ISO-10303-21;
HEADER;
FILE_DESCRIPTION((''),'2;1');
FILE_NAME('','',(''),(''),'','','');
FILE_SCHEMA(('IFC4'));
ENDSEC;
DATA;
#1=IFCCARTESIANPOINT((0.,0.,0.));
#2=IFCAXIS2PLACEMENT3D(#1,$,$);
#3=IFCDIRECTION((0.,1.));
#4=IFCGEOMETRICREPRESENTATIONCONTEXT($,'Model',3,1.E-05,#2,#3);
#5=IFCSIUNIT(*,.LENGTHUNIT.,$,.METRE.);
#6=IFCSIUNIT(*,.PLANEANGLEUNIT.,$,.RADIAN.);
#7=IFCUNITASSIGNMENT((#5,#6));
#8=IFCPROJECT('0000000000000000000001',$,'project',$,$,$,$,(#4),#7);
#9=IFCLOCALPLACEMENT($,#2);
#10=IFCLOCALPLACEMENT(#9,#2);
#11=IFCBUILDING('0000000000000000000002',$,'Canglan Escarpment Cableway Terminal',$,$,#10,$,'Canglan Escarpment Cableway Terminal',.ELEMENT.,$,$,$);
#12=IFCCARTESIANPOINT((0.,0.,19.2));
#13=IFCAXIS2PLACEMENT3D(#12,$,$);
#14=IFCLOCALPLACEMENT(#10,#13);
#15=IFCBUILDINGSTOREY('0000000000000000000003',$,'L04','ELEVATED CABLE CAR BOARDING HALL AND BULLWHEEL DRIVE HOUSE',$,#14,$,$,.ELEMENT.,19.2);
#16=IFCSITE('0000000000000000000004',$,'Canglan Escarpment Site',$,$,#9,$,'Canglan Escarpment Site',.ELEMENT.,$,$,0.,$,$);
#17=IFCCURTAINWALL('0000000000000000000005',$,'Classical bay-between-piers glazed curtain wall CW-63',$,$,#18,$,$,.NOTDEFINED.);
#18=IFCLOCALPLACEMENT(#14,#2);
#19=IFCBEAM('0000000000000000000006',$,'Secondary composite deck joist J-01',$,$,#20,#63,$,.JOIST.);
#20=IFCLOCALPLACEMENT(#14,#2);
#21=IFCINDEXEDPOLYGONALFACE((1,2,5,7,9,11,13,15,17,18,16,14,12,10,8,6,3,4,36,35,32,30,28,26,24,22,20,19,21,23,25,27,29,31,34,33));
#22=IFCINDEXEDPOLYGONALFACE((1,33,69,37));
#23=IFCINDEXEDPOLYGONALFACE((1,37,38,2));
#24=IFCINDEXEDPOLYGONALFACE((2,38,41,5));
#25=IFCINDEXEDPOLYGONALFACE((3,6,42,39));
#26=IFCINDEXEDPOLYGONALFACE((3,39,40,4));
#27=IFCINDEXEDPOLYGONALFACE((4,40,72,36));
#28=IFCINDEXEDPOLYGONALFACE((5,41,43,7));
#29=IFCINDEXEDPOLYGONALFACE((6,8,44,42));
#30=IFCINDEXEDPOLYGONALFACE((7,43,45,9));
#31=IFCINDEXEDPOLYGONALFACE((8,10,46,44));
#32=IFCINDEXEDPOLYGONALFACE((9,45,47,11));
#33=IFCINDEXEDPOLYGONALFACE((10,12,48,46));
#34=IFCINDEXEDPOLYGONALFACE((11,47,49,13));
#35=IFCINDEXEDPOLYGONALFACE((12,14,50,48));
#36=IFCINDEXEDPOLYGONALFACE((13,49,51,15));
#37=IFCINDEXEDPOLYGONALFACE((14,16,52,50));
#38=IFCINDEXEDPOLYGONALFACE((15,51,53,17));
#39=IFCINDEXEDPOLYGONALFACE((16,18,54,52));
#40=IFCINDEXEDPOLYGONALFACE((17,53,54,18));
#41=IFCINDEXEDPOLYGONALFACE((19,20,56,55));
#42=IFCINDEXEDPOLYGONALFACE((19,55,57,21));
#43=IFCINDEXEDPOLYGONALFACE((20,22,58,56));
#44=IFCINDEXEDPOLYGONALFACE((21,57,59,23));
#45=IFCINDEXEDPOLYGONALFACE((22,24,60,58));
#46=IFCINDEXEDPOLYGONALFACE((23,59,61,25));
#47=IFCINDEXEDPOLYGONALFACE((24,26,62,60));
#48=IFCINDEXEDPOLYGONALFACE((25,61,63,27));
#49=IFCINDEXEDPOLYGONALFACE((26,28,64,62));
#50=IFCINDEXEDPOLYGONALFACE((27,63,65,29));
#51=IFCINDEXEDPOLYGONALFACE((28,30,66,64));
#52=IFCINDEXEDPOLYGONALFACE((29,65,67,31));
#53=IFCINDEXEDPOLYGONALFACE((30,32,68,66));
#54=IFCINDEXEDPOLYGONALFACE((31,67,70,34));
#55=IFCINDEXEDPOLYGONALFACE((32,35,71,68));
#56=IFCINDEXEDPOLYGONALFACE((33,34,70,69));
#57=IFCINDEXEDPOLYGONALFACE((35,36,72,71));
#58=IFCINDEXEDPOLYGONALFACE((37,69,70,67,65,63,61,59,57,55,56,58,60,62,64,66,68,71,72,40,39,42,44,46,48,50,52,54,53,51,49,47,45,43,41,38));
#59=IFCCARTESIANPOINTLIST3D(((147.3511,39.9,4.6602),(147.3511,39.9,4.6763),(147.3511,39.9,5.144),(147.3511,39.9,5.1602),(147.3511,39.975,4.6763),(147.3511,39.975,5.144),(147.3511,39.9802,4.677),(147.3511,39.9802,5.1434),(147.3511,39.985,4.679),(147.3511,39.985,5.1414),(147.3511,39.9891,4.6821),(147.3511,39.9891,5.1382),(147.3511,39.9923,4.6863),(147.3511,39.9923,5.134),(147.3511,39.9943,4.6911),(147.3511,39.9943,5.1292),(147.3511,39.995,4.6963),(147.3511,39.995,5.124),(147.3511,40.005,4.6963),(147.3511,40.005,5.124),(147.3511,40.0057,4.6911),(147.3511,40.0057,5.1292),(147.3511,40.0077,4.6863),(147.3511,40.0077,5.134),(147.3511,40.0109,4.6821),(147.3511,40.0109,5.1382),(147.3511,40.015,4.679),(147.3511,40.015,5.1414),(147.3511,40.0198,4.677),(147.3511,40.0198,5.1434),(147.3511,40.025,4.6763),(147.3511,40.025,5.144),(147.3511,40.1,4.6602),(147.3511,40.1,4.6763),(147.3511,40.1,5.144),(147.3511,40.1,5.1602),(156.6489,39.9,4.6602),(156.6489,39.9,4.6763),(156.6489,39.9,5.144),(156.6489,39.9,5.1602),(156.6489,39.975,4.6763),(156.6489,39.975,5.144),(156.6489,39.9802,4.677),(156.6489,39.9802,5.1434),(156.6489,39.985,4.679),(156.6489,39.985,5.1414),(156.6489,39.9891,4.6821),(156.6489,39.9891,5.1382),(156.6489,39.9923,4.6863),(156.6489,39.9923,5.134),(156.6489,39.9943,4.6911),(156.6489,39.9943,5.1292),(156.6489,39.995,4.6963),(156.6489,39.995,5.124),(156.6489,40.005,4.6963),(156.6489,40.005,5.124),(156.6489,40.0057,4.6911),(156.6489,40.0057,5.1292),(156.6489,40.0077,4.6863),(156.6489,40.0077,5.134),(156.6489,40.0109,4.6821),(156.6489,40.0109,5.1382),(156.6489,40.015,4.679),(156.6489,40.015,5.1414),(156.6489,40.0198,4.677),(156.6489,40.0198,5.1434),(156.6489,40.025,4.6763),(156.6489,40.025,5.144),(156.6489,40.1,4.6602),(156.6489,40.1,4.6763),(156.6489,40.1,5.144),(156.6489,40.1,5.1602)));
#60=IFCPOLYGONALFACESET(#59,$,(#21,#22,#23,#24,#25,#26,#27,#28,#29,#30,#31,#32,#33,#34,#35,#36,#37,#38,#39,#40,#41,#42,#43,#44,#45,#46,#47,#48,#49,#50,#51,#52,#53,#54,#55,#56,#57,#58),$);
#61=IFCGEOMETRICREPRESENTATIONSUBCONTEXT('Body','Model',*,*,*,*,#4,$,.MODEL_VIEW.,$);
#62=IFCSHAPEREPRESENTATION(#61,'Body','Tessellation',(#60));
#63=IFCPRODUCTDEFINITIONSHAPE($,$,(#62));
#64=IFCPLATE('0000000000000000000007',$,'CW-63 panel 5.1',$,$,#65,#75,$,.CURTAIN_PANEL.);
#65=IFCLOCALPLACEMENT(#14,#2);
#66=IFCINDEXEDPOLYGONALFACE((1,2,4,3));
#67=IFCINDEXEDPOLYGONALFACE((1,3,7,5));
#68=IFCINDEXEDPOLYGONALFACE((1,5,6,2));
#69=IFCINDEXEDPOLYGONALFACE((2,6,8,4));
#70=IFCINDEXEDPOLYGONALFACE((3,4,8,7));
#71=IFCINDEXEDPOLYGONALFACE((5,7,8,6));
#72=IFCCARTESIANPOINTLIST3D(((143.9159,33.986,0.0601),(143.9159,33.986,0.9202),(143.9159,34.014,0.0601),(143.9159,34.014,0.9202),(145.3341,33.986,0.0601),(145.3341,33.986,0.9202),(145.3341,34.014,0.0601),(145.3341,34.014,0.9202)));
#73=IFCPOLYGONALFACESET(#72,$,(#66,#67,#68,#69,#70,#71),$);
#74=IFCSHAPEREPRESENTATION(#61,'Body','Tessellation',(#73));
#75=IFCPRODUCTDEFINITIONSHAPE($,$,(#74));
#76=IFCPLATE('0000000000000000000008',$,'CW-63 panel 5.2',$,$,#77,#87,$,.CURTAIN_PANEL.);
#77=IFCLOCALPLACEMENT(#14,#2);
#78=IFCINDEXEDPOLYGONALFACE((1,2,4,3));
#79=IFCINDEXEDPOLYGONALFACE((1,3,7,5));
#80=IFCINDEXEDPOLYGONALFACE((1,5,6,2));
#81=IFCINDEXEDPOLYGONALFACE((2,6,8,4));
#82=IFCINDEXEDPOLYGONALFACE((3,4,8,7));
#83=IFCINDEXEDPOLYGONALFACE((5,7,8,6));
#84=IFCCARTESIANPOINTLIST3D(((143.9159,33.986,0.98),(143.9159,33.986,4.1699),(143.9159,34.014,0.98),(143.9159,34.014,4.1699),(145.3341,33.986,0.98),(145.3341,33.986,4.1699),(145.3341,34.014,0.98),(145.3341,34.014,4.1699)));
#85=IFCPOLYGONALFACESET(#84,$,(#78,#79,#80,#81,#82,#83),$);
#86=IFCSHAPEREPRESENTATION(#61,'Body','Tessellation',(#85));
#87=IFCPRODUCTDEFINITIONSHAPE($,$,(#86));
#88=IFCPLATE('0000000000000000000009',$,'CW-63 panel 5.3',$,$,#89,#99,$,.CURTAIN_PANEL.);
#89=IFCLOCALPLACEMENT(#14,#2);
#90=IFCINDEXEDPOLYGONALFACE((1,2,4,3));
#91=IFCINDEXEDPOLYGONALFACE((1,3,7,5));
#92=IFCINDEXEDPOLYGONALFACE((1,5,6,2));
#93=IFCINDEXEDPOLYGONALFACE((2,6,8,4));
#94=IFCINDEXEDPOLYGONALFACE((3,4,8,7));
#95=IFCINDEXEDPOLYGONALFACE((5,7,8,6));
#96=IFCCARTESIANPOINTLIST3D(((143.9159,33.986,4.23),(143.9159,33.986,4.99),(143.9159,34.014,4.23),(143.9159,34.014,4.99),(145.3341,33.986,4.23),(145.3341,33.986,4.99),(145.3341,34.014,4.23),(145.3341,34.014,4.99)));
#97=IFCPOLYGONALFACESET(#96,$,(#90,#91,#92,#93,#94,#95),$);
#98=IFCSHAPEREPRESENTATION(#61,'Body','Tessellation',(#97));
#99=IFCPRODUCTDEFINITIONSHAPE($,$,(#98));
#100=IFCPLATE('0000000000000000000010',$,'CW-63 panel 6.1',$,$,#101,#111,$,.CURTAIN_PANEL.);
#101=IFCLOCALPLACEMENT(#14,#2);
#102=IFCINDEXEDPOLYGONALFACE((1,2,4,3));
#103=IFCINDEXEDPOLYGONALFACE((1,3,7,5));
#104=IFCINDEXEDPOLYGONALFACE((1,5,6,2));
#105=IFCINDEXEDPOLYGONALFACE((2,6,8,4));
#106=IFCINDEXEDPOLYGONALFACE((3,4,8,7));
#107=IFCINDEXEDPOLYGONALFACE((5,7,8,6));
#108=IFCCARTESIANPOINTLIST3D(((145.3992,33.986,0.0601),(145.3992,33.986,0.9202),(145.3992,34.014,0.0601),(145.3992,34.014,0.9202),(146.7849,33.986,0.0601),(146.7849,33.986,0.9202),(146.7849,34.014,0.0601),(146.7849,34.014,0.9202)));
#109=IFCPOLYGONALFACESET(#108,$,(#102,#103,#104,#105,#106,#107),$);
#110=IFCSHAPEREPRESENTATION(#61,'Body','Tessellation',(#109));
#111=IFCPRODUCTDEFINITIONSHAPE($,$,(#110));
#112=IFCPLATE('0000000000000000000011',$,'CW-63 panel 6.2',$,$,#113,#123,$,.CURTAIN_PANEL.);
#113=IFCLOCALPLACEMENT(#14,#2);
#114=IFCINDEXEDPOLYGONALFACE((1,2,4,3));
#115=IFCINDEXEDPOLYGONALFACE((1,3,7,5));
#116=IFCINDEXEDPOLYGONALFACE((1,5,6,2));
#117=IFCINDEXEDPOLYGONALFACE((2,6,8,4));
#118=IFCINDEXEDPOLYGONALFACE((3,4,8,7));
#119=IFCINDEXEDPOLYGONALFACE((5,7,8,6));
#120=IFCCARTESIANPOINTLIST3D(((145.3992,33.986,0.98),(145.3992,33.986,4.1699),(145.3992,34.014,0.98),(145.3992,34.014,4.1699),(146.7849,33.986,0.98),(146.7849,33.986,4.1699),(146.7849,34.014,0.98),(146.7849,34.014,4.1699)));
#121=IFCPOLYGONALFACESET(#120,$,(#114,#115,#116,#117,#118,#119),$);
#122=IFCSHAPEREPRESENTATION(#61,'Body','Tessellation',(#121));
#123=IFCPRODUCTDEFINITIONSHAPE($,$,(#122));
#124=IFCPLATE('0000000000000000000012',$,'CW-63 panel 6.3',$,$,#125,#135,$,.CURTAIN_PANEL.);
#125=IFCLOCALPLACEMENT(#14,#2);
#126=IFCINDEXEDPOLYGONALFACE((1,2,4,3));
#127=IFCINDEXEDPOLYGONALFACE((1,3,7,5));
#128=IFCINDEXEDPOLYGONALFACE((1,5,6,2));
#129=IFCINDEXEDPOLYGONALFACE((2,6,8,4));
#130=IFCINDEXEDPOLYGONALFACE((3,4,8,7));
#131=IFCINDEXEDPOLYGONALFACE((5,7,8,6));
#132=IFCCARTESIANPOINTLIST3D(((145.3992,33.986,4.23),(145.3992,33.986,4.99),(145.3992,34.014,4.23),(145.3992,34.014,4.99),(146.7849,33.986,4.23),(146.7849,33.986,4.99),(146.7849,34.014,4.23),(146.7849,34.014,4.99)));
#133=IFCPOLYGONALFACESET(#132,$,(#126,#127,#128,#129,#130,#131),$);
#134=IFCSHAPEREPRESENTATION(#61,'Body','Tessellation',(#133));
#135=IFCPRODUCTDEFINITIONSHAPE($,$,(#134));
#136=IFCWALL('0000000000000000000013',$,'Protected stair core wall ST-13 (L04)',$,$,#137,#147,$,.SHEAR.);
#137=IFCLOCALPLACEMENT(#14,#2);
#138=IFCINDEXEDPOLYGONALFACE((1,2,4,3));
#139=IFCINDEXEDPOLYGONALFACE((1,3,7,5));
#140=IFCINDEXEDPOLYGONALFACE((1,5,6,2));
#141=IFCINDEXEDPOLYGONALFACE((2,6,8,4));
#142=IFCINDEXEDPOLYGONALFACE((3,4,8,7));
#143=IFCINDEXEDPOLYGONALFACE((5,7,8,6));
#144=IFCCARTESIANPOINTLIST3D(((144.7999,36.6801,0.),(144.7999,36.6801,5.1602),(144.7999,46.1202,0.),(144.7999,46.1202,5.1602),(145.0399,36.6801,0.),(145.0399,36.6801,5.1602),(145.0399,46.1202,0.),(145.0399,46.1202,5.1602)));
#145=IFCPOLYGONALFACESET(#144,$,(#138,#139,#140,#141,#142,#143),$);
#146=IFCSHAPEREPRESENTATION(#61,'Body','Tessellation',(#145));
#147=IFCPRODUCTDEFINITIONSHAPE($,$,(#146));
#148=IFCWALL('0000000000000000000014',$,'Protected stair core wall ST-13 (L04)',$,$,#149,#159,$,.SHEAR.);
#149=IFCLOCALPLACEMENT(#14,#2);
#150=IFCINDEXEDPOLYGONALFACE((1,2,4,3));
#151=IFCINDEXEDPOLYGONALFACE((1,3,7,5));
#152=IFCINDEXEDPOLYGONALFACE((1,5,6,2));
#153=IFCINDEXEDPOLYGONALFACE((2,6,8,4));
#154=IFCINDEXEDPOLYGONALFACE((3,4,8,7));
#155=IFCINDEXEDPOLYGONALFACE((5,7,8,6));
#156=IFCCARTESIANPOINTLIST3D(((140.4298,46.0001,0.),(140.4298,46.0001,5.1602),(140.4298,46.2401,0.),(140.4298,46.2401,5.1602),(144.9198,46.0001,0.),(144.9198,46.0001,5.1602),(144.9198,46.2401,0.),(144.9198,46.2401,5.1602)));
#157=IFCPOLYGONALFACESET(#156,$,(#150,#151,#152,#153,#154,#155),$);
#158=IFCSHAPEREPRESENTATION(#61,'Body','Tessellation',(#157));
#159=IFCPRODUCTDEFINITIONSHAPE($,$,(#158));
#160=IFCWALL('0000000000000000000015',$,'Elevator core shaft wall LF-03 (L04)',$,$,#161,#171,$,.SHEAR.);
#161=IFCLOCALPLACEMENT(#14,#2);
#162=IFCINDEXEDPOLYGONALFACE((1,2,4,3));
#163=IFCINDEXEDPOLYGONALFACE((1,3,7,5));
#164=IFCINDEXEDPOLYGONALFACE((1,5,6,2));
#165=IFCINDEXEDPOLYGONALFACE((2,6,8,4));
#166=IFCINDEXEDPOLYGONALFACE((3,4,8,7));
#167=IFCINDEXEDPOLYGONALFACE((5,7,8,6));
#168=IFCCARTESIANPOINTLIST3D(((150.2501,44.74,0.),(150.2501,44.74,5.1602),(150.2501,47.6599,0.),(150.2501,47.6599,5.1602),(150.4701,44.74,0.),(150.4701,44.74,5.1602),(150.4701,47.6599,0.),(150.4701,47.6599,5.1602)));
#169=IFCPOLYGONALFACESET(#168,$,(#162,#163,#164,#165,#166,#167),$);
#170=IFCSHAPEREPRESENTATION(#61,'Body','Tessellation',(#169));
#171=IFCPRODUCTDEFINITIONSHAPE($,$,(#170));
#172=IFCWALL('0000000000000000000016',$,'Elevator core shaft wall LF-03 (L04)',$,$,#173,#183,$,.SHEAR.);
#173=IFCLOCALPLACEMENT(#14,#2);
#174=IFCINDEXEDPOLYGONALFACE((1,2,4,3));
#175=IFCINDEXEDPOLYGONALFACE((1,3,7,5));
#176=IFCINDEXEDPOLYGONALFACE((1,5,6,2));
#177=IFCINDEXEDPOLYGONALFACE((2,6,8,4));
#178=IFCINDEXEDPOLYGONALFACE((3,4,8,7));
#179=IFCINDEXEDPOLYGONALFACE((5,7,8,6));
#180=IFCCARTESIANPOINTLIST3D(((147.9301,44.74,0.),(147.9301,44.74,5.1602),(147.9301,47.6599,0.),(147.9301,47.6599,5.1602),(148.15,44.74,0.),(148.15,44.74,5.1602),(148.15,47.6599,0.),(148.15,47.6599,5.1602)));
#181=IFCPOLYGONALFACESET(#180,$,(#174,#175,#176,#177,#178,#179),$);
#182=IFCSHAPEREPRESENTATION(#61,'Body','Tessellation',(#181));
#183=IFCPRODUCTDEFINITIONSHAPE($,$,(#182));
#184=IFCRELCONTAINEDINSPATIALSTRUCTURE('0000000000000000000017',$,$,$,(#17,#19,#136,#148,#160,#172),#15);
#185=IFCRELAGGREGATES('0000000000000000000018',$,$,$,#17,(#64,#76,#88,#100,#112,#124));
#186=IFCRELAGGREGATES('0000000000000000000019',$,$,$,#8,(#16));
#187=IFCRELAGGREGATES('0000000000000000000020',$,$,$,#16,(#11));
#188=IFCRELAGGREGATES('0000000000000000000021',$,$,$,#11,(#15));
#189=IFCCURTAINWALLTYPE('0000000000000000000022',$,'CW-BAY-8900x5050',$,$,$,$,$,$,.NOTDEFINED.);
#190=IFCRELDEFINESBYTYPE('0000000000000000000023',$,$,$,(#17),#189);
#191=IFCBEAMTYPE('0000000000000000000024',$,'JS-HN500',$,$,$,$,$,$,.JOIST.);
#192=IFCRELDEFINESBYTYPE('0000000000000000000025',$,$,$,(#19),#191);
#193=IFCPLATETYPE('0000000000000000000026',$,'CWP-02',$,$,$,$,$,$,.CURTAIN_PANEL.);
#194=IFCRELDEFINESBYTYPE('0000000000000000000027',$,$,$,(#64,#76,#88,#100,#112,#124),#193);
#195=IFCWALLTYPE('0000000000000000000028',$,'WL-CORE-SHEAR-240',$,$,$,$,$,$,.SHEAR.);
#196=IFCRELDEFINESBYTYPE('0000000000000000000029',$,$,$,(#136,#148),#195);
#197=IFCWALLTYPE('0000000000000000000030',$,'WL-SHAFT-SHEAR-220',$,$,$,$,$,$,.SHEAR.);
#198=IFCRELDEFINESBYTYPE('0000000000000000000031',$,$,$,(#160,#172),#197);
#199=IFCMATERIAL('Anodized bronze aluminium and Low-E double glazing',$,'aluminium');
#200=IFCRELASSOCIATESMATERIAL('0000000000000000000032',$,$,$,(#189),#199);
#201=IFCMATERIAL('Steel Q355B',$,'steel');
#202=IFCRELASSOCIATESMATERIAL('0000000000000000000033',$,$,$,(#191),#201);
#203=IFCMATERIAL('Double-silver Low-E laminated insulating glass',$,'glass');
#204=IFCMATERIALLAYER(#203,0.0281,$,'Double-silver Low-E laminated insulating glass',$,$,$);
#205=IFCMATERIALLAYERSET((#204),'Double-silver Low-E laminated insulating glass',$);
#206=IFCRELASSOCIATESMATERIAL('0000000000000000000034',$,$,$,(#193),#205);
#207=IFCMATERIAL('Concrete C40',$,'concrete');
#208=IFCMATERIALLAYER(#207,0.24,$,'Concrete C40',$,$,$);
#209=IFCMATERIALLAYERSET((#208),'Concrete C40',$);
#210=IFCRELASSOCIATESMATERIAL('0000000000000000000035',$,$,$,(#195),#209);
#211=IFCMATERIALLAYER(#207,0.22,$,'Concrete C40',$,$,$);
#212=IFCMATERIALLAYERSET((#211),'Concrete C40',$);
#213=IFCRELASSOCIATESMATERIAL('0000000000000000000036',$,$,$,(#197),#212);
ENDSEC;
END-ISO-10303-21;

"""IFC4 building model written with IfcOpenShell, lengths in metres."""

from ifc_helpers import new_model, si_unit, direction, frame, frame_2d, origin, origin_2d, place, context, subcontext, project, spatial, rectangle, i_section, extrude, material, layer, layer_set, material_profile, profile_set, type_object, element, aggregate, save


model = new_model("IFC4")

# Units and contexts
model_context = context("Model", 3, precision=1e-05, world=origin(), true_north=direction((0.0, 1.0)))
body_context = subcontext(model_context, "Body", "Model", "MODEL_VIEW")
ifc_project = project(units=[si_unit("LENGTHUNIT", "METRE"), si_unit("PLANEANGLEUNIT", "RADIAN")], contexts=[model_context])

# Site, building, storey
site_placement = place(None, origin())
site = spatial("IfcSite", under=ifc_project, at=site_placement, Name="Canglan Escarpment Site", LongName="Canglan Escarpment Site", CompositionType="ELEMENT", RefElevation=0.0)
building_placement = place(site_placement, origin())
building = spatial("IfcBuilding", under=site, at=building_placement, Name="Canglan Escarpment Cableway Terminal", LongName="Canglan Escarpment Cableway Terminal", CompositionType="ELEMENT")
storey_placement = place(building_placement, frame((0.0, 0.0, 19.2)))
storey = spatial("IfcBuildingStorey", under=building, at=storey_placement, Name="L04", Description="ELEVATED CABLE CAR BOARDING HALL AND BULLWHEEL DRIVE HOUSE", CompositionType="ELEMENT", Elevation=19.2)

# Shared definitions
ifc_material_1 = material(Name="Concrete C40", Category="concrete")

# Curtain wall
ifc_material_2 = material(Name="Anodized bronze aluminium and Low-E double glazing", Category="aluminium")
curtain_wall_type = type_object("IfcCurtainWallType", Name="CW-BAY-8900x5050", PredefinedType="NOTDEFINED", material=ifc_material_2)
curtain_wall_placement = place(storey_placement, origin())
curtain_wall = element("IfcCurtainWall", 1, at=curtain_wall_placement, inside=storey, type_object=curtain_wall_type, Name="Classical bay-between-piers glazed curtain wall CW-63", PredefinedType="NOTDEFINED")

# Beam
ifc_material_3 = material(Name="Steel Q355B", Category="steel")
ifc_material_profile_1 = material_profile(ifc_material_3, i_section(OverallWidth=0.2, OverallDepth=0.5, WebThickness=0.01, FlangeThickness=0.0161, FilletRadius=0.02, at=origin_2d()), Name="HN 500x200x10x16")
ifc_profile_set_1 = profile_set([ifc_material_profile_1], Name="Steel Q355B")
beam_type_1 = type_object("IfcBeamType", Name="JS-HN500", PredefinedType="JOIST", material=ifc_profile_set_1)
for number, where, z_axis, x_axis, name in (
    (2, (147.3511, 40.0, 4.9102), (1.0, 0.0, 0.0), (0.0, 1.0, 0.0), "Secondary composite deck joist J-01"),
):
    element("IfcBeam", number, at=place(storey_placement, frame(where, z_axis=z_axis, x_axis=x_axis)), inside=storey, type_object=beam_type_1, Name=name, PredefinedType="JOIST", context=body_context, shape_type="SweptSolid", body=[
        extrude(i_section(OverallWidth=0.2, OverallDepth=0.5, WebThickness=0.01, FlangeThickness=0.0161, FilletRadius=0.02, at=origin_2d()), origin(), (0.0, 0.0, 1.0), 9.2979),
    ])

# Plates
ifc_material_4 = material(Name="Double-silver Low-E laminated insulating glass", Category="glass")
ifc_layer_1 = layer(ifc_material_4, 0.0281, Name="Double-silver Low-E laminated insulating glass")
ifc_layer_set_1 = layer_set([ifc_layer_1], Name="Double-silver Low-E laminated insulating glass")
plate_type = type_object("IfcPlateType", Name="CWP-02", PredefinedType="CURTAIN_PANEL", material=ifc_layer_set_1)
plate_1_placement = place(storey_placement, frame((144.625, 34.0, 0.0601), z_axis=(0.0, 0.0, 1.0), x_axis=(1.0, 0.0, 0.0)))
plate_1 = element("IfcPlate", 3, at=plate_1_placement, type_object=plate_type, Name="CW-63 panel 5.1", PredefinedType="CURTAIN_PANEL", context=body_context, shape_type="SweptSolid", body=[
    extrude(rectangle(XDim=1.4182, YDim=0.0281, at=origin_2d()), origin(), (0.0, 0.0, 1.0), 0.8601),
])
plate_2_placement = place(storey_placement, frame((144.625, 34.0, 0.98), z_axis=(0.0, 0.0, 1.0), x_axis=(1.0, 0.0, 0.0)))
plate_2 = element("IfcPlate", 4, at=plate_2_placement, type_object=plate_type, Name="CW-63 panel 5.2", PredefinedType="CURTAIN_PANEL", context=body_context, shape_type="SweptSolid", body=[
    extrude(rectangle(XDim=1.4182, YDim=0.0281, at=origin_2d()), origin(), (0.0, 0.0, 1.0), 3.1899),
])
plate_3_placement = place(storey_placement, frame((144.625, 34.0, 4.23), z_axis=(0.0, 0.0, 1.0), x_axis=(1.0, 0.0, 0.0)))
plate_3 = element("IfcPlate", 5, at=plate_3_placement, type_object=plate_type, Name="CW-63 panel 5.3", PredefinedType="CURTAIN_PANEL", context=body_context, shape_type="SweptSolid", body=[
    extrude(rectangle(XDim=1.4182, YDim=0.0281, at=origin_2d()), origin(), (0.0, 0.0, 1.0), 0.76),
])
plate_4_placement = place(storey_placement, frame((146.092, 34.0, 0.0601), z_axis=(0.0, 0.0, 1.0), x_axis=(1.0, 0.0, 0.0)))
plate_4 = element("IfcPlate", 6, at=plate_4_placement, type_object=plate_type, Name="CW-63 panel 6.1", PredefinedType="CURTAIN_PANEL", context=body_context, shape_type="SweptSolid", body=[
    extrude(rectangle(XDim=1.3857, YDim=0.0281, at=origin_2d()), origin(), (0.0, 0.0, 1.0), 0.8601),
])
plate_5_placement = place(storey_placement, frame((146.092, 34.0, 0.98), z_axis=(0.0, 0.0, 1.0), x_axis=(1.0, 0.0, 0.0)))
plate_5 = element("IfcPlate", 7, at=plate_5_placement, type_object=plate_type, Name="CW-63 panel 6.2", PredefinedType="CURTAIN_PANEL", context=body_context, shape_type="SweptSolid", body=[
    extrude(rectangle(XDim=1.3857, YDim=0.0281, at=origin_2d()), origin(), (0.0, 0.0, 1.0), 3.1899),
])
plate_6_placement = place(storey_placement, frame((146.092, 34.0, 4.23), z_axis=(0.0, 0.0, 1.0), x_axis=(1.0, 0.0, 0.0)))
plate_6 = element("IfcPlate", 8, at=plate_6_placement, type_object=plate_type, Name="CW-63 panel 6.3", PredefinedType="CURTAIN_PANEL", context=body_context, shape_type="SweptSolid", body=[
    extrude(rectangle(XDim=1.3857, YDim=0.0281, at=origin_2d()), origin(), (0.0, 0.0, 1.0), 0.76),
])
aggregate(curtain_wall, [plate_1, plate_2, plate_3, plate_4, plate_5, plate_6])

# Walls
ifc_layer_2 = layer(ifc_material_1, 0.24, Name="Concrete C40")
ifc_layer_set_2 = layer_set([ifc_layer_2], Name="Concrete C40")
wall_type_1 = type_object("IfcWallType", Name="WL-CORE-SHEAR-240", PredefinedType="SHEAR", material=ifc_layer_set_2)
wall_1_placement = place(storey_placement, frame((144.9199, 36.6799, 0.0), z_axis=(0.0, 0.0, 1.0), x_axis=(0.0, 1.0, 0.0)))
element("IfcWall", 9, at=wall_1_placement, inside=storey, type_object=wall_type_1, Name="Protected stair core wall ST-13 (L04)", PredefinedType="SHEAR", context=body_context, shape_type="SweptSolid", body=[
    extrude(rectangle(XDim=9.4402, YDim=0.24, at=frame_2d((4.7202, 0.0))), origin(), (0.0, 0.0, 1.0), 5.1602),
])
wall_2_placement = place(storey_placement, frame((144.9199, 46.1201, 0.0), z_axis=(0.0, 0.0, 1.0), x_axis=(-1.0, 0.0, 0.0)))
element("IfcWall", 10, at=wall_2_placement, inside=storey, type_object=wall_type_1, Name="Protected stair core wall ST-13 (L04)", PredefinedType="SHEAR", context=body_context, shape_type="SweptSolid", body=[
    extrude(rectangle(XDim=4.49, YDim=0.24, at=frame_2d((2.2451, 0.0))), origin(), (0.0, 0.0, 1.0), 5.1602),
])
ifc_layer_3 = layer(ifc_material_1, 0.22, Name="Concrete C40")
ifc_layer_set_3 = layer_set([ifc_layer_3], Name="Concrete C40")
wall_type_2 = type_object("IfcWallType", Name="WL-SHAFT-SHEAR-220", PredefinedType="SHEAR", material=ifc_layer_set_3)
wall_3_placement = place(storey_placement, frame((150.3601, 44.74, 0.0), z_axis=(0.0, 0.0, 1.0), x_axis=(0.0, 1.0, 0.0)))
element("IfcWall", 11, at=wall_3_placement, inside=storey, type_object=wall_type_2, Name="Elevator core shaft wall LF-03 (L04)", PredefinedType="SHEAR", context=body_context, shape_type="SweptSolid", body=[
    extrude(rectangle(XDim=2.9199, YDim=0.22, at=frame_2d((1.46, 0.0))), origin(), (0.0, 0.0, 1.0), 5.1602),
])

# Wall
wall_4_placement = place(storey_placement, frame((148.04, 47.6599, 0.0), z_axis=(0.0, 0.0, 1.0), x_axis=(0.0, -1.0, 0.0)))
element("IfcWall", 12, at=wall_4_placement, inside=storey, type_object=wall_type_2, Name="Elevator core shaft wall LF-03 (L04)", PredefinedType="SHEAR", context=body_context, shape_type="SweptSolid", body=[
    extrude(rectangle(XDim=2.9199, YDim=0.22, at=frame_2d((1.46, 0.0))), origin(), (0.0, 0.0, 1.0), 5.1602),
])

save(model, "model.ifc")
